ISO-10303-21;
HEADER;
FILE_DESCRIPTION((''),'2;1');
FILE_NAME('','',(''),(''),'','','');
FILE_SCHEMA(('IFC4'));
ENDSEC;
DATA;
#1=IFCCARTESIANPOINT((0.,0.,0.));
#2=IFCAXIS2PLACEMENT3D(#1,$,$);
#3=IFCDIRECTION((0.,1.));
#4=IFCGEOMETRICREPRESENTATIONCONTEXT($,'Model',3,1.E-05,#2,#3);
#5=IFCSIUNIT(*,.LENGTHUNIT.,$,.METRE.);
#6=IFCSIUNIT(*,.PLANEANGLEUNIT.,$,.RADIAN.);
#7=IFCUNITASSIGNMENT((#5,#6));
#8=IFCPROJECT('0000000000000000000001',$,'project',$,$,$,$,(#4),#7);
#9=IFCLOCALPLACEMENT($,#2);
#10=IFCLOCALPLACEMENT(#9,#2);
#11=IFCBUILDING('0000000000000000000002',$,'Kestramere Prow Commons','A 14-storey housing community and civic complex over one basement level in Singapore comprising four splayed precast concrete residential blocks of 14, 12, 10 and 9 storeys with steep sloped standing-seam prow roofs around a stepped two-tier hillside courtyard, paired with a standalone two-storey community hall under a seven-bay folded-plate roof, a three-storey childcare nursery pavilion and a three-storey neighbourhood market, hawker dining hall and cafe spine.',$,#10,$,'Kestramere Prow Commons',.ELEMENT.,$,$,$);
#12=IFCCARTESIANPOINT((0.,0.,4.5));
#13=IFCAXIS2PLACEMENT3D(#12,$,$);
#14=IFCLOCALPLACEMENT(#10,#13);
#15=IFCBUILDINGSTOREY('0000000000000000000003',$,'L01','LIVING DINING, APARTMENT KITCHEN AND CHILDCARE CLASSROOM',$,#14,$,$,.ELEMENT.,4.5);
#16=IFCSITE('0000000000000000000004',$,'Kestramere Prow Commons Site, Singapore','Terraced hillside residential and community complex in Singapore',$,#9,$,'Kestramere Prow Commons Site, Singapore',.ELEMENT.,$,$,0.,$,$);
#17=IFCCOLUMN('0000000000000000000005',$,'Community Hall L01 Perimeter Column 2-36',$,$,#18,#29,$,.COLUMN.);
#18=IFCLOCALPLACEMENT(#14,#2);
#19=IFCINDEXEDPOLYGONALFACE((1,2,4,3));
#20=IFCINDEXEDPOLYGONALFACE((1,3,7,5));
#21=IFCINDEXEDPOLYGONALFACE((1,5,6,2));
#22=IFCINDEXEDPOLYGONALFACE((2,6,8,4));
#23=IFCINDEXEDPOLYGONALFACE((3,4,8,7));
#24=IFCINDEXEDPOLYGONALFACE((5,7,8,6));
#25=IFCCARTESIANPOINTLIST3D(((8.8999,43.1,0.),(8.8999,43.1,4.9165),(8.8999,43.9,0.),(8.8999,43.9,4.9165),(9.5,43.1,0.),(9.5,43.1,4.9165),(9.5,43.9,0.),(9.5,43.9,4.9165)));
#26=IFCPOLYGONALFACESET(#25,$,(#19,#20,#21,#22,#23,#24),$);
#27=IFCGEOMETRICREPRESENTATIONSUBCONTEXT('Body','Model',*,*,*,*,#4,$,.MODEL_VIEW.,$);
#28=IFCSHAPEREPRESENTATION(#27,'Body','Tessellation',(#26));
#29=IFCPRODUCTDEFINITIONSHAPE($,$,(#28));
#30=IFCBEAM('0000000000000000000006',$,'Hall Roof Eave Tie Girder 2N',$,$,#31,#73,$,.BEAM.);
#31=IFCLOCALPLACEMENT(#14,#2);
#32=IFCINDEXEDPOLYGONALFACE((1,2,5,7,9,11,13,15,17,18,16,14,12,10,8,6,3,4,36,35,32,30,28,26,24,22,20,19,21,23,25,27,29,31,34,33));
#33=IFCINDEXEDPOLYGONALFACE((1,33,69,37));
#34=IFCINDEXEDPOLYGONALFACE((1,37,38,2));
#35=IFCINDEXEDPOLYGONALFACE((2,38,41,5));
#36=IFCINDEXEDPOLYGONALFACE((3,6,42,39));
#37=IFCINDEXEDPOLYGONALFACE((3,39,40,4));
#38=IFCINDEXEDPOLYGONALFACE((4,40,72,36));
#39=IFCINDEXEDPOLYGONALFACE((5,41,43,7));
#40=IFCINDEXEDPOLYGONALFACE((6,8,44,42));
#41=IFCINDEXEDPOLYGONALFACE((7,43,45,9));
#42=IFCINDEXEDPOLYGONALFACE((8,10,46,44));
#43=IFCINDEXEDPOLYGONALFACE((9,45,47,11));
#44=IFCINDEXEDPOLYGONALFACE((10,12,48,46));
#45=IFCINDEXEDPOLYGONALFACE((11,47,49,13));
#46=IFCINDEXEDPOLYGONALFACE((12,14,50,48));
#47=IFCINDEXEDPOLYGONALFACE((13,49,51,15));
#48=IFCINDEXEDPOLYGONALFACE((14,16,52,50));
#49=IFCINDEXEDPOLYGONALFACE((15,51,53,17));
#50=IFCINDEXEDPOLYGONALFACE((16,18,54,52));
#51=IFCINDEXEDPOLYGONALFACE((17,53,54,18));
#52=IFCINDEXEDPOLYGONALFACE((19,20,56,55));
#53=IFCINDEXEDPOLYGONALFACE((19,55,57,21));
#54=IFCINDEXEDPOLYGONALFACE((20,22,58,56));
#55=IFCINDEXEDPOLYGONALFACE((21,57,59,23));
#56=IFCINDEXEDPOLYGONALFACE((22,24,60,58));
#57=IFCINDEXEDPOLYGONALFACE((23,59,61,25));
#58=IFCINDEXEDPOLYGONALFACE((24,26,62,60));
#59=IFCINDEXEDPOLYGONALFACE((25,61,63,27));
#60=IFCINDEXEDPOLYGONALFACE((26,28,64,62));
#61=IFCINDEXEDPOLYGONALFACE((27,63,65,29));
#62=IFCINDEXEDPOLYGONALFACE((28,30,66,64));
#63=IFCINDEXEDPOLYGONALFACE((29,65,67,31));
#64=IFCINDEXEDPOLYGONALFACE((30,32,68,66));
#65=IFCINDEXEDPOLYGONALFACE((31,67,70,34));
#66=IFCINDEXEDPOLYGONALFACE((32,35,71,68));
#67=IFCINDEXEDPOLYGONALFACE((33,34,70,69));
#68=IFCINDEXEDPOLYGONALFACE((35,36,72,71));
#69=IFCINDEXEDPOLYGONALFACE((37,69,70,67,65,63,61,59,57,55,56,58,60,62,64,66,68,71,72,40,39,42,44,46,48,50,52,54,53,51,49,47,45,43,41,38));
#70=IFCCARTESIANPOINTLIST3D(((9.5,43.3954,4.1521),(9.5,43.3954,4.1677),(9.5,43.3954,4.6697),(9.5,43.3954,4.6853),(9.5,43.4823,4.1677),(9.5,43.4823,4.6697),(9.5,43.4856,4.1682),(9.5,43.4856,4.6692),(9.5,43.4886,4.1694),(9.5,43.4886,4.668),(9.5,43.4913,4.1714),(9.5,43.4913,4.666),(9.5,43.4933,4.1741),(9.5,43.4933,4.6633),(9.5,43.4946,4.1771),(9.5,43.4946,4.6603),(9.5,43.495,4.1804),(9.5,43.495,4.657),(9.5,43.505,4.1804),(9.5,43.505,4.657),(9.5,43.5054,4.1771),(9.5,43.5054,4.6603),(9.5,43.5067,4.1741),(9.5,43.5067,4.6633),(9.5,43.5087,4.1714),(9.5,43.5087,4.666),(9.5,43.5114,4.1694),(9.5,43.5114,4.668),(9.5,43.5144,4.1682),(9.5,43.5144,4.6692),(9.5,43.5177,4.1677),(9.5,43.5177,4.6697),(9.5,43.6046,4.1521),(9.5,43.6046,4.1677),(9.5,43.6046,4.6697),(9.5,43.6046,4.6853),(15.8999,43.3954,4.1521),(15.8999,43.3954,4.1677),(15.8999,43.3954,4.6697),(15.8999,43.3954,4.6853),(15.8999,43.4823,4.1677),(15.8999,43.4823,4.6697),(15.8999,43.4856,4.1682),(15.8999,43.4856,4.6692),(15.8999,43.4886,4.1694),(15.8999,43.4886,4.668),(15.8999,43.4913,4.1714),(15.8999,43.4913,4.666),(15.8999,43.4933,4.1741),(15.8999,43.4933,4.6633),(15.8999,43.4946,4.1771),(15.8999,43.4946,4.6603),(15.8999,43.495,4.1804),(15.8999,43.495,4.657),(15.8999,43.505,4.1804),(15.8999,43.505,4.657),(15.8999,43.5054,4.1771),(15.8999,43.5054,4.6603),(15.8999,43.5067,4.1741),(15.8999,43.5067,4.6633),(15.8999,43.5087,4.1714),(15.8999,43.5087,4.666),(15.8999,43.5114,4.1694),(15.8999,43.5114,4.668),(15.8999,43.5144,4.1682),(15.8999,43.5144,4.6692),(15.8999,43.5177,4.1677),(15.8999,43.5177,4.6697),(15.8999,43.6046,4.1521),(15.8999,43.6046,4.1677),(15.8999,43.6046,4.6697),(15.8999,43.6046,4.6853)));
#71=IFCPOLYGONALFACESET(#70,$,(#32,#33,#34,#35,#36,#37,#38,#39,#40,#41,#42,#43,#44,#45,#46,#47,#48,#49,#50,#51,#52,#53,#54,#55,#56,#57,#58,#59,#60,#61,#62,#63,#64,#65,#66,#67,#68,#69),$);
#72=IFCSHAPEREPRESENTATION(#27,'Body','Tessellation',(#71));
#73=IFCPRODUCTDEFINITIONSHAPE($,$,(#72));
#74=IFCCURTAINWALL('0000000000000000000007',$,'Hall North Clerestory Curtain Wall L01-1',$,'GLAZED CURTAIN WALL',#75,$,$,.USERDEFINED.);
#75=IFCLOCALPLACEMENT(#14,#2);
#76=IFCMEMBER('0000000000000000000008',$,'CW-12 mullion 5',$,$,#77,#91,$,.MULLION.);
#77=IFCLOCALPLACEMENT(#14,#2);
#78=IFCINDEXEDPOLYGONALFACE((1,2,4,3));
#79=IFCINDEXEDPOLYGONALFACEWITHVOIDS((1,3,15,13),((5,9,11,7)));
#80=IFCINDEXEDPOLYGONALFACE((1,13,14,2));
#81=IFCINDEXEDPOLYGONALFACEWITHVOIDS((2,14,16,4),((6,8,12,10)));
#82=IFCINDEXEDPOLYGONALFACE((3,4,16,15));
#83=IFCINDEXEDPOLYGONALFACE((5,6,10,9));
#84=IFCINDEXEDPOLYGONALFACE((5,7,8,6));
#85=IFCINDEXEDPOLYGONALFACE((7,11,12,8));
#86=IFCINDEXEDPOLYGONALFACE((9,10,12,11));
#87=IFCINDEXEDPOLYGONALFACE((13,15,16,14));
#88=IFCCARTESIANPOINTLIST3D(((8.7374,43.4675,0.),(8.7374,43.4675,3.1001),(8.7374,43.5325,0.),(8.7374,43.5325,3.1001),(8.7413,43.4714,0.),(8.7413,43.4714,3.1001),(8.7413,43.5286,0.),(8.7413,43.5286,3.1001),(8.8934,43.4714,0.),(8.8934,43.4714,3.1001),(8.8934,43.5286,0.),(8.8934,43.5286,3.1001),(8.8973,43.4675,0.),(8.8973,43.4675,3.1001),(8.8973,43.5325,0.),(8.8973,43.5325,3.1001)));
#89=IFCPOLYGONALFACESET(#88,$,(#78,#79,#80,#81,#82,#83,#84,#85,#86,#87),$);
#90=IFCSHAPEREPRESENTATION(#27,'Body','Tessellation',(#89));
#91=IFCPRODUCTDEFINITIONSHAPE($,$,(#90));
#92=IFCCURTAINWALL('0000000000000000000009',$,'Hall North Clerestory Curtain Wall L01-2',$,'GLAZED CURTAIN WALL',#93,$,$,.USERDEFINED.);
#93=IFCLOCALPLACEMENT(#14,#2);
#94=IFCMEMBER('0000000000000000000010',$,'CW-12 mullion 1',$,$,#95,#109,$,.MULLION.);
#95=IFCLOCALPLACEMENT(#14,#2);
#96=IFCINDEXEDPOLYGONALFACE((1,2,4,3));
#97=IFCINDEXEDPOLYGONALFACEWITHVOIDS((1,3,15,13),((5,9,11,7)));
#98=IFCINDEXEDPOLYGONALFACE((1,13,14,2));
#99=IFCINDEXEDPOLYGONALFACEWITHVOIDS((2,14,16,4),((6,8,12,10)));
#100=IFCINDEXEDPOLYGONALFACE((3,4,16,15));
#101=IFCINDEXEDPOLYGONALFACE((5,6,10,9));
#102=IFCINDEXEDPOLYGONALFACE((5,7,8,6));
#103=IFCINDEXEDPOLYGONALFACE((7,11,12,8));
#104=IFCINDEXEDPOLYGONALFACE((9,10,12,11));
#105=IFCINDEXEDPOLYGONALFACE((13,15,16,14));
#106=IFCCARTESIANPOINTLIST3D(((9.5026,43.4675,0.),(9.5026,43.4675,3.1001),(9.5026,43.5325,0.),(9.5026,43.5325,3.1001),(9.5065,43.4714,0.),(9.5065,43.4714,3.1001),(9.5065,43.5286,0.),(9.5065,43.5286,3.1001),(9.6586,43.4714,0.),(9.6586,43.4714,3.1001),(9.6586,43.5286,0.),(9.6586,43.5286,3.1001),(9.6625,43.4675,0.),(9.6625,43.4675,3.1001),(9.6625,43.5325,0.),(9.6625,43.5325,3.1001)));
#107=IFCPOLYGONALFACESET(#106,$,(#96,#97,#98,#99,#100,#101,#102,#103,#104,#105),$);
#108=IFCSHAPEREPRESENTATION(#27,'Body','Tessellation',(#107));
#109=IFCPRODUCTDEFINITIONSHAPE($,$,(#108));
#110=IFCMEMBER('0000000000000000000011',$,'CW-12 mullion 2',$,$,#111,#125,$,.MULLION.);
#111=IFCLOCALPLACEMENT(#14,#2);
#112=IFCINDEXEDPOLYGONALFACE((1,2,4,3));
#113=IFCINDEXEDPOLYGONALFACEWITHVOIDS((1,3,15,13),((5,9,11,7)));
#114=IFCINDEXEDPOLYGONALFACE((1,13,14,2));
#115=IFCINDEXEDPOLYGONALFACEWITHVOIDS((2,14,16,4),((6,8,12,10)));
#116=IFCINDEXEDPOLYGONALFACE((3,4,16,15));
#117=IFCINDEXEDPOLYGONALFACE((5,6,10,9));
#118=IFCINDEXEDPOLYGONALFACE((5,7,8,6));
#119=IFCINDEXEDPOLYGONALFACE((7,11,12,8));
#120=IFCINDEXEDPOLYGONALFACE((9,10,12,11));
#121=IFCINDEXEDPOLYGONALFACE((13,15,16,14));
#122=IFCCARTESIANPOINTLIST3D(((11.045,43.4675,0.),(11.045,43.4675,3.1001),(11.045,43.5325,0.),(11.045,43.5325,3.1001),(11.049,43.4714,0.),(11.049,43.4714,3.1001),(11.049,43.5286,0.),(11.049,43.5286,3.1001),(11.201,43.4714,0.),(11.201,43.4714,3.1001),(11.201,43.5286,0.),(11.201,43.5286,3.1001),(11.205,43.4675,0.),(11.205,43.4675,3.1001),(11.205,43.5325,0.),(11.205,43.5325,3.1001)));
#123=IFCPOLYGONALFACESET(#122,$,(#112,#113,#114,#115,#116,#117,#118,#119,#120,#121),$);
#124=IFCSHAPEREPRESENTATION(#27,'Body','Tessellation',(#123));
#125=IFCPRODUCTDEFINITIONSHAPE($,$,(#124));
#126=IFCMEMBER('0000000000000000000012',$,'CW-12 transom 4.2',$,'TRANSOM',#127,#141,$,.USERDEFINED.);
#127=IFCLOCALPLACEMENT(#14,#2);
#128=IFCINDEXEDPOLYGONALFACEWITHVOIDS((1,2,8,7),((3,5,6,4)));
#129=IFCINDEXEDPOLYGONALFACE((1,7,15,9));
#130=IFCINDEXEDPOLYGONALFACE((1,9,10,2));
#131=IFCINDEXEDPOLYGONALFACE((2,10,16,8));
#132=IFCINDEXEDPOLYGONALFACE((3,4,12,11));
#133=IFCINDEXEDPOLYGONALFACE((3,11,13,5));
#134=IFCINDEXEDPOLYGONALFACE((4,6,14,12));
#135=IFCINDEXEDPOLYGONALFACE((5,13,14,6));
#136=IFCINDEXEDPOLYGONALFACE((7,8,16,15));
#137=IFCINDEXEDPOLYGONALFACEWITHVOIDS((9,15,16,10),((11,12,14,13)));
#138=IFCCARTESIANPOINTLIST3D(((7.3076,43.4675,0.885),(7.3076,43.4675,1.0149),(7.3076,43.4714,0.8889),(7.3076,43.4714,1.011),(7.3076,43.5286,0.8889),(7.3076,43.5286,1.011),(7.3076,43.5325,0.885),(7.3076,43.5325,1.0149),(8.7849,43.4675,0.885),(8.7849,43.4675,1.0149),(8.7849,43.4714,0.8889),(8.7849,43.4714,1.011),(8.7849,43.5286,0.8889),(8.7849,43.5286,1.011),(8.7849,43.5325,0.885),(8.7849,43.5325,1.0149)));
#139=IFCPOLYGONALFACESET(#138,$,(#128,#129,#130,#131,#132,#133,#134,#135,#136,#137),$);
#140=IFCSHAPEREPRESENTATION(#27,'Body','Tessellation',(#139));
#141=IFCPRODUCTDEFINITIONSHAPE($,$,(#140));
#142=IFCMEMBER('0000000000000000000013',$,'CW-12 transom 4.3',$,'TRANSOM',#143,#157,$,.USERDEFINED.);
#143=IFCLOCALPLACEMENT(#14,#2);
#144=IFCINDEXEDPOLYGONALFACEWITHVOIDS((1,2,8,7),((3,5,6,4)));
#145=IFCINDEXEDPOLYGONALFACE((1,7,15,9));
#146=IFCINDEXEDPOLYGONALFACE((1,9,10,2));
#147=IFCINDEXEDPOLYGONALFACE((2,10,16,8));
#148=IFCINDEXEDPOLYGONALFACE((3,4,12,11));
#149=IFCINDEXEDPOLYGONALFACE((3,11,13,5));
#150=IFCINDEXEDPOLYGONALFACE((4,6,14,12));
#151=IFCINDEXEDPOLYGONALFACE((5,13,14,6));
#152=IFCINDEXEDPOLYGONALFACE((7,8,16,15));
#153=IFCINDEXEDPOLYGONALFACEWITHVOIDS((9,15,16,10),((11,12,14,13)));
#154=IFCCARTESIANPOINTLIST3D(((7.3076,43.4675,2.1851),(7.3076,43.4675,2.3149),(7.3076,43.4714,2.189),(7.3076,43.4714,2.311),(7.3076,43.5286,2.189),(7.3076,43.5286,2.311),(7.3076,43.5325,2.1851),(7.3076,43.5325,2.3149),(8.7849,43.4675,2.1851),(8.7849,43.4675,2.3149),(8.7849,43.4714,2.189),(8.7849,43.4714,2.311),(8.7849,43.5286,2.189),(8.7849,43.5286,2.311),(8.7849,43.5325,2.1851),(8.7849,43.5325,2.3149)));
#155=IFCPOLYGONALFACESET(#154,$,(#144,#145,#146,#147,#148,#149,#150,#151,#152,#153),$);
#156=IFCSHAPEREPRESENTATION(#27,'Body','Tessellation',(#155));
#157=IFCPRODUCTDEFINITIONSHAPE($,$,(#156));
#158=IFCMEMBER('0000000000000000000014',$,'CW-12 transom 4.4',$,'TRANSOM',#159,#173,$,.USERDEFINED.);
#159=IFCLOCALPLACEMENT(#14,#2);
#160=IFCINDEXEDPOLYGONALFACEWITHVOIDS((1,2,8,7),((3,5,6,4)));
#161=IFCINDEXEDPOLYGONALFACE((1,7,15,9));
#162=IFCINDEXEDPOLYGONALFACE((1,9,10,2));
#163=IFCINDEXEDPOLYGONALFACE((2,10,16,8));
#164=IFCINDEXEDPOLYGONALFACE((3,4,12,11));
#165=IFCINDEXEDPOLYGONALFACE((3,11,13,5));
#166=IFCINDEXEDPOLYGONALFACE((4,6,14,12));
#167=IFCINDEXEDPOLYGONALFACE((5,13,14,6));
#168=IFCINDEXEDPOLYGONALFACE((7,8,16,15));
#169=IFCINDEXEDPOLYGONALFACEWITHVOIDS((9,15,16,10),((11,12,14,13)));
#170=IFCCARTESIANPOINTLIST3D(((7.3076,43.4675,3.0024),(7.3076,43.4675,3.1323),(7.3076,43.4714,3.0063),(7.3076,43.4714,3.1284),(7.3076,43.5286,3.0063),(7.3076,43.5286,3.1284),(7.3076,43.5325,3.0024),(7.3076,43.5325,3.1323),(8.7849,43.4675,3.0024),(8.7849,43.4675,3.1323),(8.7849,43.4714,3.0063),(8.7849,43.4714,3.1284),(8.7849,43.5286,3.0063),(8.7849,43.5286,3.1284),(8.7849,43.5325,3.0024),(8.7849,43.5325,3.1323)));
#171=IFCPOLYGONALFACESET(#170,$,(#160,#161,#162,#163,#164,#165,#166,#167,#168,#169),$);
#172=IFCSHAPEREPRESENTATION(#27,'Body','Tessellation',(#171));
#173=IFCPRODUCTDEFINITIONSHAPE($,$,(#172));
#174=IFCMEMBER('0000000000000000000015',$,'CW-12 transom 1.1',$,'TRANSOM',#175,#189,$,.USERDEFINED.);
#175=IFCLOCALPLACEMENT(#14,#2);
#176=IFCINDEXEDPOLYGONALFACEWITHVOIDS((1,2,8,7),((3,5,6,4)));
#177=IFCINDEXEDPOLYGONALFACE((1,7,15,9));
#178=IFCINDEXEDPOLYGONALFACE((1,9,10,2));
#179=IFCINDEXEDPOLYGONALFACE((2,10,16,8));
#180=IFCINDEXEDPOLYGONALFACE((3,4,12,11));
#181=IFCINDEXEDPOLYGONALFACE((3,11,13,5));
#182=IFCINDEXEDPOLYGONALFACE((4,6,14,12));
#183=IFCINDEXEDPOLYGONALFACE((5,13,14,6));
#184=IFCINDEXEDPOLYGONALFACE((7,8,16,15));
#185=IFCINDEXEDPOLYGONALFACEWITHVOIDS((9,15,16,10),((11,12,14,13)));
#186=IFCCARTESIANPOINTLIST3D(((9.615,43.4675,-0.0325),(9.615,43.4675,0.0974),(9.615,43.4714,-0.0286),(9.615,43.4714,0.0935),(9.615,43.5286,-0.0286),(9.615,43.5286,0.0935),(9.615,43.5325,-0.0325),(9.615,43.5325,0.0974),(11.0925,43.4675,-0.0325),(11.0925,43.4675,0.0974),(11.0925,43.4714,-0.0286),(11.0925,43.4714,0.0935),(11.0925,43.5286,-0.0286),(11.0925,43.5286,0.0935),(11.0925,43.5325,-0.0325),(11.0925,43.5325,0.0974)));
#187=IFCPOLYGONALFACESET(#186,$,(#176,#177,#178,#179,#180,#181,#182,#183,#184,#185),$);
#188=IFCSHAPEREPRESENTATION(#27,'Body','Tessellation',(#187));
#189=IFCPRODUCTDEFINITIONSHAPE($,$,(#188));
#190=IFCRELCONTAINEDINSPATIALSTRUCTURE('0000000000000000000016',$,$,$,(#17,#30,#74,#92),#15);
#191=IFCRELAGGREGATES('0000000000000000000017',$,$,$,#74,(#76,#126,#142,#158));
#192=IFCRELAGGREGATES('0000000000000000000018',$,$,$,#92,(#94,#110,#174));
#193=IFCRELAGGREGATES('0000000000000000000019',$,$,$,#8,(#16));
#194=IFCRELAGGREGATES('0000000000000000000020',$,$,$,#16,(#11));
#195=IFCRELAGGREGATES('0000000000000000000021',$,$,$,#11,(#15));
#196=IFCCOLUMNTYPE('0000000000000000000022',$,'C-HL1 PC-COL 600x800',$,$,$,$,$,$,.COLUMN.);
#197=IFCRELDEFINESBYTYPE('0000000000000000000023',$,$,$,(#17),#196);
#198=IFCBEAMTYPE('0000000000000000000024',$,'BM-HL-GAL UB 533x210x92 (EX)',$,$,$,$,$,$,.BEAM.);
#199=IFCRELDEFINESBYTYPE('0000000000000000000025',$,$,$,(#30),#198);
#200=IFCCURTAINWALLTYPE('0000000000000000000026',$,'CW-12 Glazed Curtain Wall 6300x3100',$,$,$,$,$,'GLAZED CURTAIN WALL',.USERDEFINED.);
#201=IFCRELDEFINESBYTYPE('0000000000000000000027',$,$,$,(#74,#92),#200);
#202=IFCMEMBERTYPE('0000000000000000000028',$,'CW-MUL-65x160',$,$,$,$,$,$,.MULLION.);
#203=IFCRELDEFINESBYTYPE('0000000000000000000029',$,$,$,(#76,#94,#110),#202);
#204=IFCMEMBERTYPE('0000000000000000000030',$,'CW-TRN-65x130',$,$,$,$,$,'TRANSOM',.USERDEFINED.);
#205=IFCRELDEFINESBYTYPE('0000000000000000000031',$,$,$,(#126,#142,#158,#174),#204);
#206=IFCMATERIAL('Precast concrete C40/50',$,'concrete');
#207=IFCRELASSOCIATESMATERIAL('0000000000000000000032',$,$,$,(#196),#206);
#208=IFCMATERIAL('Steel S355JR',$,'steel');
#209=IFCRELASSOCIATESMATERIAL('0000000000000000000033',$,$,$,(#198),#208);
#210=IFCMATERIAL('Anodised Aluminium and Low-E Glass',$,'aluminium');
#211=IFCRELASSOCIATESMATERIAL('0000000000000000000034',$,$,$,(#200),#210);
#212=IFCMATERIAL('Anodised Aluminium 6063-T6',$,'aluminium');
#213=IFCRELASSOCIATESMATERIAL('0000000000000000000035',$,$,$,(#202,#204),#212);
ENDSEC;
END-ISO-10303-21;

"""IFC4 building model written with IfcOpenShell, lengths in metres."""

from ifc_helpers import new_model, si_unit, direction, frame, origin, origin_2d, place, context, subcontext, project, spatial, rectangle, hollow_rectangle, i_section, extrude, material, material_profile, profile_set, type_object, element, aggregate, save


model = new_model("IFC4")

# Units and contexts
model_context = context("Model", 3, precision=1e-05, world=origin(), true_north=direction((0.0, 1.0)))
body_context = subcontext(model_context, "Body", "Model", "MODEL_VIEW")
ifc_project = project(units=[si_unit("LENGTHUNIT", "METRE"), si_unit("PLANEANGLEUNIT", "RADIAN")], contexts=[model_context])

# Site, building, storey
site_placement = place(None, origin())
site = spatial("IfcSite", under=ifc_project, at=site_placement, Name="Kestramere Prow Commons Site, Singapore", Description="Terraced hillside residential and community complex in Singapore", LongName="Kestramere Prow Commons Site, Singapore", CompositionType="ELEMENT", RefElevation=0.0)
building_placement = place(site_placement, origin())
building = spatial("IfcBuilding", under=site, at=building_placement, Name="Kestramere Prow Commons", Description="A 14-storey housing community and civic complex over one basement level in Singapore comprising four splayed precast concrete residential blocks of 14, 12, 10 and 9 storeys with steep sloped standing-seam prow roofs around a stepped two-tier hillside courtyard, paired with a standalone two-storey community hall under a seven-bay folded-plate roof, a three-storey childcare nursery pavilion and a three-storey neighbourhood market, hawker dining hall and cafe spine.", LongName="Kestramere Prow Commons", CompositionType="ELEMENT")
storey_placement = place(building_placement, frame((0.0, 0.0, 4.5)))
storey = spatial("IfcBuildingStorey", under=building, at=storey_placement, Name="L01", Description="LIVING DINING, APARTMENT KITCHEN AND CHILDCARE CLASSROOM", CompositionType="ELEMENT", Elevation=4.5)

# Column
ifc_material_1 = material(Name="Precast concrete C40/50", Category="concrete")
ifc_material_profile_1 = material_profile(ifc_material_1, rectangle(XDim=0.6001, YDim=0.8, at=origin_2d()), Name="PC-COL 600x800")
ifc_profile_set_1 = profile_set([ifc_material_profile_1], Name="Precast concrete C40/50")
column_type = type_object("IfcColumnType", Name="C-HL1 PC-COL 600x800", PredefinedType="COLUMN", material=ifc_profile_set_1)
column_placement = place(storey_placement, frame((9.2, 43.5, 0.0), z_axis=(0.0, 0.0, 1.0), x_axis=(1.0, 0.0, 0.0)))
element("IfcColumn", 1, at=column_placement, inside=storey, type_object=column_type, Name="Community Hall L01 Perimeter Column 2-36", PredefinedType="COLUMN", context=body_context, shape_type="SweptSolid", body=[
    extrude(rectangle(XDim=0.6001, YDim=0.8, at=origin_2d()), origin(), (0.0, 0.0, 1.0), 4.9165),
])

# Beam
ifc_material_2 = material(Name="Steel S355JR", Category="steel")
ifc_material_profile_2 = material_profile(ifc_material_2, i_section(OverallWidth=0.2092, OverallDepth=0.5332, WebThickness=0.01, FlangeThickness=0.0156, FilletRadius=0.0127, at=origin_2d()), Name="UB 533x210x92")
ifc_profile_set_2 = profile_set([ifc_material_profile_2], Name="Steel S355JR")
beam_type = type_object("IfcBeamType", Name="BM-HL-GAL UB 533x210x92 (EX)", PredefinedType="BEAM", material=ifc_profile_set_2)
beam_placement = place(storey_placement, frame((9.5, 43.5, 4.4187), z_axis=(1.0, 0.0, 0.0), x_axis=(0.0, 1.0, 0.0)))
element("IfcBeam", 2, at=beam_placement, inside=storey, type_object=beam_type, Name="Hall Roof Eave Tie Girder 2N", PredefinedType="BEAM", context=body_context, shape_type="SweptSolid", body=[
    extrude(i_section(OverallWidth=0.2092, OverallDepth=0.5332, WebThickness=0.01, FlangeThickness=0.0156, FilletRadius=0.0127, at=origin_2d()), origin(), (0.0, 0.0, 1.0), 6.3999),
])

# Curtain wall, member
ifc_material_3 = material(Name="Anodised Aluminium and Low-E Glass", Category="aluminium")
curtain_wall_type = type_object("IfcCurtainWallType", Name="CW-12 Glazed Curtain Wall 6300x3100", ElementType="GLAZED CURTAIN WALL", PredefinedType="USERDEFINED", material=ifc_material_3)
curtain_wall_1_placement = place(storey_placement, origin())
curtain_wall_1 = element("IfcCurtainWall", 3, at=curtain_wall_1_placement, inside=storey, type_object=curtain_wall_type, Name="Hall North Clerestory Curtain Wall L01-1", ObjectType="GLAZED CURTAIN WALL", PredefinedType="USERDEFINED")
ifc_material_4 = material(Name="Anodised Aluminium 6063-T6", Category="aluminium")
ifc_material_profile_3 = material_profile(ifc_material_4, hollow_rectangle(XDim=0.0649, YDim=0.1599, WallThickness=0.0039, at=origin_2d()), Name="ALU-MUL 65x160")
ifc_profile_set_3 = profile_set([ifc_material_profile_3], Name="Anodised Aluminium 6063-T6")
member_type_1 = type_object("IfcMemberType", Name="CW-MUL-65x160", PredefinedType="MULLION", material=ifc_profile_set_3)
member_1_placement = place(storey_placement, frame((8.8174, 43.5, 0.0), z_axis=(0.0, 0.0, 1.0), x_axis=(0.0, 1.0, 0.0)))
member_1 = element("IfcMember", 4, at=member_1_placement, type_object=member_type_1, Name="CW-12 mullion 5", PredefinedType="MULLION", context=body_context, shape_type="SweptSolid", body=[
    extrude(hollow_rectangle(XDim=0.0649, YDim=0.1599, WallThickness=0.0039, at=origin_2d()), origin(), (0.0, 0.0, 1.0), 3.1001),
])

# Curtain wall, members
curtain_wall_2_placement = place(storey_placement, origin())
curtain_wall_2 = element("IfcCurtainWall", 5, at=curtain_wall_2_placement, inside=storey, type_object=curtain_wall_type, Name="Hall North Clerestory Curtain Wall L01-2", ObjectType="GLAZED CURTAIN WALL", PredefinedType="USERDEFINED")
member_2_placement = place(storey_placement, frame((9.5825, 43.5, 0.0), z_axis=(0.0, 0.0, 1.0), x_axis=(0.0, 1.0, 0.0)))
member_2 = element("IfcMember", 6, at=member_2_placement, type_object=member_type_1, Name="CW-12 mullion 1", PredefinedType="MULLION", context=body_context, shape_type="SweptSolid", body=[
    extrude(hollow_rectangle(XDim=0.0649, YDim=0.1599, WallThickness=0.0039, at=origin_2d()), origin(), (0.0, 0.0, 1.0), 3.1001),
])
member_3_placement = place(storey_placement, frame((11.125, 43.5, 0.0), z_axis=(0.0, 0.0, 1.0), x_axis=(0.0, 1.0, 0.0)))
member_3 = element("IfcMember", 7, at=member_3_placement, type_object=member_type_1, Name="CW-12 mullion 2", PredefinedType="MULLION", context=body_context, shape_type="SweptSolid", body=[
    extrude(hollow_rectangle(XDim=0.0649, YDim=0.1599, WallThickness=0.0039, at=origin_2d()), origin(), (0.0, 0.0, 1.0), 3.1001),
])

# Members
ifc_material_profile_4 = material_profile(ifc_material_4, hollow_rectangle(XDim=0.0649, YDim=0.1299, WallThickness=0.0039, at=origin_2d()), Name="ALU-TRN 65x130")
ifc_profile_set_4 = profile_set([ifc_material_profile_4], Name="Anodised Aluminium 6063-T6")
member_type_2 = type_object("IfcMemberType", Name="CW-TRN-65x130", ElementType="TRANSOM", PredefinedType="USERDEFINED", material=ifc_profile_set_4)
member_4_placement = place(storey_placement, frame((7.3076, 43.5, 0.95), z_axis=(1.0, 0.0, 0.0), x_axis=(0.0, 1.0, 0.0)))
member_4 = element("IfcMember", 8, at=member_4_placement, type_object=member_type_2, Name="CW-12 transom 4.2", ObjectType="TRANSOM", PredefinedType="USERDEFINED", context=body_context, shape_type="SweptSolid", body=[
    extrude(hollow_rectangle(XDim=0.0649, YDim=0.1299, WallThickness=0.0039, at=origin_2d()), origin(), (0.0, 0.0, 1.0), 1.4773),
])
member_5_placement = place(storey_placement, frame((7.3076, 43.5, 2.25), z_axis=(1.0, 0.0, 0.0), x_axis=(0.0, 1.0, 0.0)))
member_5 = element("IfcMember", 9, at=member_5_placement, type_object=member_type_2, Name="CW-12 transom 4.3", ObjectType="TRANSOM", PredefinedType="USERDEFINED", context=body_context, shape_type="SweptSolid", body=[
    extrude(hollow_rectangle(XDim=0.0649, YDim=0.1299, WallThickness=0.0039, at=origin_2d()), origin(), (0.0, 0.0, 1.0), 1.4773),
])
member_6_placement = place(storey_placement, frame((7.3076, 43.5, 3.0674), z_axis=(1.0, 0.0, 0.0), x_axis=(0.0, 1.0, 0.0)))
member_6 = element("IfcMember", 10, at=member_6_placement, type_object=member_type_2, Name="CW-12 transom 4.4", ObjectType="TRANSOM", PredefinedType="USERDEFINED", context=body_context, shape_type="SweptSolid", body=[
    extrude(hollow_rectangle(XDim=0.0649, YDim=0.1299, WallThickness=0.0039, at=origin_2d()), origin(), (0.0, 0.0, 1.0), 1.4773),
])
member_7_placement = place(storey_placement, frame((9.615, 43.5, 0.0325), z_axis=(1.0, 0.0, 0.0), x_axis=(0.0, 1.0, 0.0)))
member_7 = element("IfcMember", 11, at=member_7_placement, type_object=member_type_2, Name="CW-12 transom 1.1", ObjectType="TRANSOM", PredefinedType="USERDEFINED", context=body_context, shape_type="SweptSolid", body=[
    extrude(hollow_rectangle(XDim=0.0649, YDim=0.1299, WallThickness=0.0039, at=origin_2d()), origin(), (0.0, 0.0, 1.0), 1.4775),
])

aggregate(curtain_wall_1, [member_1, member_4, member_5, member_6])
aggregate(curtain_wall_2, [member_2, member_3, member_7])

save(model, "model.ifc")
